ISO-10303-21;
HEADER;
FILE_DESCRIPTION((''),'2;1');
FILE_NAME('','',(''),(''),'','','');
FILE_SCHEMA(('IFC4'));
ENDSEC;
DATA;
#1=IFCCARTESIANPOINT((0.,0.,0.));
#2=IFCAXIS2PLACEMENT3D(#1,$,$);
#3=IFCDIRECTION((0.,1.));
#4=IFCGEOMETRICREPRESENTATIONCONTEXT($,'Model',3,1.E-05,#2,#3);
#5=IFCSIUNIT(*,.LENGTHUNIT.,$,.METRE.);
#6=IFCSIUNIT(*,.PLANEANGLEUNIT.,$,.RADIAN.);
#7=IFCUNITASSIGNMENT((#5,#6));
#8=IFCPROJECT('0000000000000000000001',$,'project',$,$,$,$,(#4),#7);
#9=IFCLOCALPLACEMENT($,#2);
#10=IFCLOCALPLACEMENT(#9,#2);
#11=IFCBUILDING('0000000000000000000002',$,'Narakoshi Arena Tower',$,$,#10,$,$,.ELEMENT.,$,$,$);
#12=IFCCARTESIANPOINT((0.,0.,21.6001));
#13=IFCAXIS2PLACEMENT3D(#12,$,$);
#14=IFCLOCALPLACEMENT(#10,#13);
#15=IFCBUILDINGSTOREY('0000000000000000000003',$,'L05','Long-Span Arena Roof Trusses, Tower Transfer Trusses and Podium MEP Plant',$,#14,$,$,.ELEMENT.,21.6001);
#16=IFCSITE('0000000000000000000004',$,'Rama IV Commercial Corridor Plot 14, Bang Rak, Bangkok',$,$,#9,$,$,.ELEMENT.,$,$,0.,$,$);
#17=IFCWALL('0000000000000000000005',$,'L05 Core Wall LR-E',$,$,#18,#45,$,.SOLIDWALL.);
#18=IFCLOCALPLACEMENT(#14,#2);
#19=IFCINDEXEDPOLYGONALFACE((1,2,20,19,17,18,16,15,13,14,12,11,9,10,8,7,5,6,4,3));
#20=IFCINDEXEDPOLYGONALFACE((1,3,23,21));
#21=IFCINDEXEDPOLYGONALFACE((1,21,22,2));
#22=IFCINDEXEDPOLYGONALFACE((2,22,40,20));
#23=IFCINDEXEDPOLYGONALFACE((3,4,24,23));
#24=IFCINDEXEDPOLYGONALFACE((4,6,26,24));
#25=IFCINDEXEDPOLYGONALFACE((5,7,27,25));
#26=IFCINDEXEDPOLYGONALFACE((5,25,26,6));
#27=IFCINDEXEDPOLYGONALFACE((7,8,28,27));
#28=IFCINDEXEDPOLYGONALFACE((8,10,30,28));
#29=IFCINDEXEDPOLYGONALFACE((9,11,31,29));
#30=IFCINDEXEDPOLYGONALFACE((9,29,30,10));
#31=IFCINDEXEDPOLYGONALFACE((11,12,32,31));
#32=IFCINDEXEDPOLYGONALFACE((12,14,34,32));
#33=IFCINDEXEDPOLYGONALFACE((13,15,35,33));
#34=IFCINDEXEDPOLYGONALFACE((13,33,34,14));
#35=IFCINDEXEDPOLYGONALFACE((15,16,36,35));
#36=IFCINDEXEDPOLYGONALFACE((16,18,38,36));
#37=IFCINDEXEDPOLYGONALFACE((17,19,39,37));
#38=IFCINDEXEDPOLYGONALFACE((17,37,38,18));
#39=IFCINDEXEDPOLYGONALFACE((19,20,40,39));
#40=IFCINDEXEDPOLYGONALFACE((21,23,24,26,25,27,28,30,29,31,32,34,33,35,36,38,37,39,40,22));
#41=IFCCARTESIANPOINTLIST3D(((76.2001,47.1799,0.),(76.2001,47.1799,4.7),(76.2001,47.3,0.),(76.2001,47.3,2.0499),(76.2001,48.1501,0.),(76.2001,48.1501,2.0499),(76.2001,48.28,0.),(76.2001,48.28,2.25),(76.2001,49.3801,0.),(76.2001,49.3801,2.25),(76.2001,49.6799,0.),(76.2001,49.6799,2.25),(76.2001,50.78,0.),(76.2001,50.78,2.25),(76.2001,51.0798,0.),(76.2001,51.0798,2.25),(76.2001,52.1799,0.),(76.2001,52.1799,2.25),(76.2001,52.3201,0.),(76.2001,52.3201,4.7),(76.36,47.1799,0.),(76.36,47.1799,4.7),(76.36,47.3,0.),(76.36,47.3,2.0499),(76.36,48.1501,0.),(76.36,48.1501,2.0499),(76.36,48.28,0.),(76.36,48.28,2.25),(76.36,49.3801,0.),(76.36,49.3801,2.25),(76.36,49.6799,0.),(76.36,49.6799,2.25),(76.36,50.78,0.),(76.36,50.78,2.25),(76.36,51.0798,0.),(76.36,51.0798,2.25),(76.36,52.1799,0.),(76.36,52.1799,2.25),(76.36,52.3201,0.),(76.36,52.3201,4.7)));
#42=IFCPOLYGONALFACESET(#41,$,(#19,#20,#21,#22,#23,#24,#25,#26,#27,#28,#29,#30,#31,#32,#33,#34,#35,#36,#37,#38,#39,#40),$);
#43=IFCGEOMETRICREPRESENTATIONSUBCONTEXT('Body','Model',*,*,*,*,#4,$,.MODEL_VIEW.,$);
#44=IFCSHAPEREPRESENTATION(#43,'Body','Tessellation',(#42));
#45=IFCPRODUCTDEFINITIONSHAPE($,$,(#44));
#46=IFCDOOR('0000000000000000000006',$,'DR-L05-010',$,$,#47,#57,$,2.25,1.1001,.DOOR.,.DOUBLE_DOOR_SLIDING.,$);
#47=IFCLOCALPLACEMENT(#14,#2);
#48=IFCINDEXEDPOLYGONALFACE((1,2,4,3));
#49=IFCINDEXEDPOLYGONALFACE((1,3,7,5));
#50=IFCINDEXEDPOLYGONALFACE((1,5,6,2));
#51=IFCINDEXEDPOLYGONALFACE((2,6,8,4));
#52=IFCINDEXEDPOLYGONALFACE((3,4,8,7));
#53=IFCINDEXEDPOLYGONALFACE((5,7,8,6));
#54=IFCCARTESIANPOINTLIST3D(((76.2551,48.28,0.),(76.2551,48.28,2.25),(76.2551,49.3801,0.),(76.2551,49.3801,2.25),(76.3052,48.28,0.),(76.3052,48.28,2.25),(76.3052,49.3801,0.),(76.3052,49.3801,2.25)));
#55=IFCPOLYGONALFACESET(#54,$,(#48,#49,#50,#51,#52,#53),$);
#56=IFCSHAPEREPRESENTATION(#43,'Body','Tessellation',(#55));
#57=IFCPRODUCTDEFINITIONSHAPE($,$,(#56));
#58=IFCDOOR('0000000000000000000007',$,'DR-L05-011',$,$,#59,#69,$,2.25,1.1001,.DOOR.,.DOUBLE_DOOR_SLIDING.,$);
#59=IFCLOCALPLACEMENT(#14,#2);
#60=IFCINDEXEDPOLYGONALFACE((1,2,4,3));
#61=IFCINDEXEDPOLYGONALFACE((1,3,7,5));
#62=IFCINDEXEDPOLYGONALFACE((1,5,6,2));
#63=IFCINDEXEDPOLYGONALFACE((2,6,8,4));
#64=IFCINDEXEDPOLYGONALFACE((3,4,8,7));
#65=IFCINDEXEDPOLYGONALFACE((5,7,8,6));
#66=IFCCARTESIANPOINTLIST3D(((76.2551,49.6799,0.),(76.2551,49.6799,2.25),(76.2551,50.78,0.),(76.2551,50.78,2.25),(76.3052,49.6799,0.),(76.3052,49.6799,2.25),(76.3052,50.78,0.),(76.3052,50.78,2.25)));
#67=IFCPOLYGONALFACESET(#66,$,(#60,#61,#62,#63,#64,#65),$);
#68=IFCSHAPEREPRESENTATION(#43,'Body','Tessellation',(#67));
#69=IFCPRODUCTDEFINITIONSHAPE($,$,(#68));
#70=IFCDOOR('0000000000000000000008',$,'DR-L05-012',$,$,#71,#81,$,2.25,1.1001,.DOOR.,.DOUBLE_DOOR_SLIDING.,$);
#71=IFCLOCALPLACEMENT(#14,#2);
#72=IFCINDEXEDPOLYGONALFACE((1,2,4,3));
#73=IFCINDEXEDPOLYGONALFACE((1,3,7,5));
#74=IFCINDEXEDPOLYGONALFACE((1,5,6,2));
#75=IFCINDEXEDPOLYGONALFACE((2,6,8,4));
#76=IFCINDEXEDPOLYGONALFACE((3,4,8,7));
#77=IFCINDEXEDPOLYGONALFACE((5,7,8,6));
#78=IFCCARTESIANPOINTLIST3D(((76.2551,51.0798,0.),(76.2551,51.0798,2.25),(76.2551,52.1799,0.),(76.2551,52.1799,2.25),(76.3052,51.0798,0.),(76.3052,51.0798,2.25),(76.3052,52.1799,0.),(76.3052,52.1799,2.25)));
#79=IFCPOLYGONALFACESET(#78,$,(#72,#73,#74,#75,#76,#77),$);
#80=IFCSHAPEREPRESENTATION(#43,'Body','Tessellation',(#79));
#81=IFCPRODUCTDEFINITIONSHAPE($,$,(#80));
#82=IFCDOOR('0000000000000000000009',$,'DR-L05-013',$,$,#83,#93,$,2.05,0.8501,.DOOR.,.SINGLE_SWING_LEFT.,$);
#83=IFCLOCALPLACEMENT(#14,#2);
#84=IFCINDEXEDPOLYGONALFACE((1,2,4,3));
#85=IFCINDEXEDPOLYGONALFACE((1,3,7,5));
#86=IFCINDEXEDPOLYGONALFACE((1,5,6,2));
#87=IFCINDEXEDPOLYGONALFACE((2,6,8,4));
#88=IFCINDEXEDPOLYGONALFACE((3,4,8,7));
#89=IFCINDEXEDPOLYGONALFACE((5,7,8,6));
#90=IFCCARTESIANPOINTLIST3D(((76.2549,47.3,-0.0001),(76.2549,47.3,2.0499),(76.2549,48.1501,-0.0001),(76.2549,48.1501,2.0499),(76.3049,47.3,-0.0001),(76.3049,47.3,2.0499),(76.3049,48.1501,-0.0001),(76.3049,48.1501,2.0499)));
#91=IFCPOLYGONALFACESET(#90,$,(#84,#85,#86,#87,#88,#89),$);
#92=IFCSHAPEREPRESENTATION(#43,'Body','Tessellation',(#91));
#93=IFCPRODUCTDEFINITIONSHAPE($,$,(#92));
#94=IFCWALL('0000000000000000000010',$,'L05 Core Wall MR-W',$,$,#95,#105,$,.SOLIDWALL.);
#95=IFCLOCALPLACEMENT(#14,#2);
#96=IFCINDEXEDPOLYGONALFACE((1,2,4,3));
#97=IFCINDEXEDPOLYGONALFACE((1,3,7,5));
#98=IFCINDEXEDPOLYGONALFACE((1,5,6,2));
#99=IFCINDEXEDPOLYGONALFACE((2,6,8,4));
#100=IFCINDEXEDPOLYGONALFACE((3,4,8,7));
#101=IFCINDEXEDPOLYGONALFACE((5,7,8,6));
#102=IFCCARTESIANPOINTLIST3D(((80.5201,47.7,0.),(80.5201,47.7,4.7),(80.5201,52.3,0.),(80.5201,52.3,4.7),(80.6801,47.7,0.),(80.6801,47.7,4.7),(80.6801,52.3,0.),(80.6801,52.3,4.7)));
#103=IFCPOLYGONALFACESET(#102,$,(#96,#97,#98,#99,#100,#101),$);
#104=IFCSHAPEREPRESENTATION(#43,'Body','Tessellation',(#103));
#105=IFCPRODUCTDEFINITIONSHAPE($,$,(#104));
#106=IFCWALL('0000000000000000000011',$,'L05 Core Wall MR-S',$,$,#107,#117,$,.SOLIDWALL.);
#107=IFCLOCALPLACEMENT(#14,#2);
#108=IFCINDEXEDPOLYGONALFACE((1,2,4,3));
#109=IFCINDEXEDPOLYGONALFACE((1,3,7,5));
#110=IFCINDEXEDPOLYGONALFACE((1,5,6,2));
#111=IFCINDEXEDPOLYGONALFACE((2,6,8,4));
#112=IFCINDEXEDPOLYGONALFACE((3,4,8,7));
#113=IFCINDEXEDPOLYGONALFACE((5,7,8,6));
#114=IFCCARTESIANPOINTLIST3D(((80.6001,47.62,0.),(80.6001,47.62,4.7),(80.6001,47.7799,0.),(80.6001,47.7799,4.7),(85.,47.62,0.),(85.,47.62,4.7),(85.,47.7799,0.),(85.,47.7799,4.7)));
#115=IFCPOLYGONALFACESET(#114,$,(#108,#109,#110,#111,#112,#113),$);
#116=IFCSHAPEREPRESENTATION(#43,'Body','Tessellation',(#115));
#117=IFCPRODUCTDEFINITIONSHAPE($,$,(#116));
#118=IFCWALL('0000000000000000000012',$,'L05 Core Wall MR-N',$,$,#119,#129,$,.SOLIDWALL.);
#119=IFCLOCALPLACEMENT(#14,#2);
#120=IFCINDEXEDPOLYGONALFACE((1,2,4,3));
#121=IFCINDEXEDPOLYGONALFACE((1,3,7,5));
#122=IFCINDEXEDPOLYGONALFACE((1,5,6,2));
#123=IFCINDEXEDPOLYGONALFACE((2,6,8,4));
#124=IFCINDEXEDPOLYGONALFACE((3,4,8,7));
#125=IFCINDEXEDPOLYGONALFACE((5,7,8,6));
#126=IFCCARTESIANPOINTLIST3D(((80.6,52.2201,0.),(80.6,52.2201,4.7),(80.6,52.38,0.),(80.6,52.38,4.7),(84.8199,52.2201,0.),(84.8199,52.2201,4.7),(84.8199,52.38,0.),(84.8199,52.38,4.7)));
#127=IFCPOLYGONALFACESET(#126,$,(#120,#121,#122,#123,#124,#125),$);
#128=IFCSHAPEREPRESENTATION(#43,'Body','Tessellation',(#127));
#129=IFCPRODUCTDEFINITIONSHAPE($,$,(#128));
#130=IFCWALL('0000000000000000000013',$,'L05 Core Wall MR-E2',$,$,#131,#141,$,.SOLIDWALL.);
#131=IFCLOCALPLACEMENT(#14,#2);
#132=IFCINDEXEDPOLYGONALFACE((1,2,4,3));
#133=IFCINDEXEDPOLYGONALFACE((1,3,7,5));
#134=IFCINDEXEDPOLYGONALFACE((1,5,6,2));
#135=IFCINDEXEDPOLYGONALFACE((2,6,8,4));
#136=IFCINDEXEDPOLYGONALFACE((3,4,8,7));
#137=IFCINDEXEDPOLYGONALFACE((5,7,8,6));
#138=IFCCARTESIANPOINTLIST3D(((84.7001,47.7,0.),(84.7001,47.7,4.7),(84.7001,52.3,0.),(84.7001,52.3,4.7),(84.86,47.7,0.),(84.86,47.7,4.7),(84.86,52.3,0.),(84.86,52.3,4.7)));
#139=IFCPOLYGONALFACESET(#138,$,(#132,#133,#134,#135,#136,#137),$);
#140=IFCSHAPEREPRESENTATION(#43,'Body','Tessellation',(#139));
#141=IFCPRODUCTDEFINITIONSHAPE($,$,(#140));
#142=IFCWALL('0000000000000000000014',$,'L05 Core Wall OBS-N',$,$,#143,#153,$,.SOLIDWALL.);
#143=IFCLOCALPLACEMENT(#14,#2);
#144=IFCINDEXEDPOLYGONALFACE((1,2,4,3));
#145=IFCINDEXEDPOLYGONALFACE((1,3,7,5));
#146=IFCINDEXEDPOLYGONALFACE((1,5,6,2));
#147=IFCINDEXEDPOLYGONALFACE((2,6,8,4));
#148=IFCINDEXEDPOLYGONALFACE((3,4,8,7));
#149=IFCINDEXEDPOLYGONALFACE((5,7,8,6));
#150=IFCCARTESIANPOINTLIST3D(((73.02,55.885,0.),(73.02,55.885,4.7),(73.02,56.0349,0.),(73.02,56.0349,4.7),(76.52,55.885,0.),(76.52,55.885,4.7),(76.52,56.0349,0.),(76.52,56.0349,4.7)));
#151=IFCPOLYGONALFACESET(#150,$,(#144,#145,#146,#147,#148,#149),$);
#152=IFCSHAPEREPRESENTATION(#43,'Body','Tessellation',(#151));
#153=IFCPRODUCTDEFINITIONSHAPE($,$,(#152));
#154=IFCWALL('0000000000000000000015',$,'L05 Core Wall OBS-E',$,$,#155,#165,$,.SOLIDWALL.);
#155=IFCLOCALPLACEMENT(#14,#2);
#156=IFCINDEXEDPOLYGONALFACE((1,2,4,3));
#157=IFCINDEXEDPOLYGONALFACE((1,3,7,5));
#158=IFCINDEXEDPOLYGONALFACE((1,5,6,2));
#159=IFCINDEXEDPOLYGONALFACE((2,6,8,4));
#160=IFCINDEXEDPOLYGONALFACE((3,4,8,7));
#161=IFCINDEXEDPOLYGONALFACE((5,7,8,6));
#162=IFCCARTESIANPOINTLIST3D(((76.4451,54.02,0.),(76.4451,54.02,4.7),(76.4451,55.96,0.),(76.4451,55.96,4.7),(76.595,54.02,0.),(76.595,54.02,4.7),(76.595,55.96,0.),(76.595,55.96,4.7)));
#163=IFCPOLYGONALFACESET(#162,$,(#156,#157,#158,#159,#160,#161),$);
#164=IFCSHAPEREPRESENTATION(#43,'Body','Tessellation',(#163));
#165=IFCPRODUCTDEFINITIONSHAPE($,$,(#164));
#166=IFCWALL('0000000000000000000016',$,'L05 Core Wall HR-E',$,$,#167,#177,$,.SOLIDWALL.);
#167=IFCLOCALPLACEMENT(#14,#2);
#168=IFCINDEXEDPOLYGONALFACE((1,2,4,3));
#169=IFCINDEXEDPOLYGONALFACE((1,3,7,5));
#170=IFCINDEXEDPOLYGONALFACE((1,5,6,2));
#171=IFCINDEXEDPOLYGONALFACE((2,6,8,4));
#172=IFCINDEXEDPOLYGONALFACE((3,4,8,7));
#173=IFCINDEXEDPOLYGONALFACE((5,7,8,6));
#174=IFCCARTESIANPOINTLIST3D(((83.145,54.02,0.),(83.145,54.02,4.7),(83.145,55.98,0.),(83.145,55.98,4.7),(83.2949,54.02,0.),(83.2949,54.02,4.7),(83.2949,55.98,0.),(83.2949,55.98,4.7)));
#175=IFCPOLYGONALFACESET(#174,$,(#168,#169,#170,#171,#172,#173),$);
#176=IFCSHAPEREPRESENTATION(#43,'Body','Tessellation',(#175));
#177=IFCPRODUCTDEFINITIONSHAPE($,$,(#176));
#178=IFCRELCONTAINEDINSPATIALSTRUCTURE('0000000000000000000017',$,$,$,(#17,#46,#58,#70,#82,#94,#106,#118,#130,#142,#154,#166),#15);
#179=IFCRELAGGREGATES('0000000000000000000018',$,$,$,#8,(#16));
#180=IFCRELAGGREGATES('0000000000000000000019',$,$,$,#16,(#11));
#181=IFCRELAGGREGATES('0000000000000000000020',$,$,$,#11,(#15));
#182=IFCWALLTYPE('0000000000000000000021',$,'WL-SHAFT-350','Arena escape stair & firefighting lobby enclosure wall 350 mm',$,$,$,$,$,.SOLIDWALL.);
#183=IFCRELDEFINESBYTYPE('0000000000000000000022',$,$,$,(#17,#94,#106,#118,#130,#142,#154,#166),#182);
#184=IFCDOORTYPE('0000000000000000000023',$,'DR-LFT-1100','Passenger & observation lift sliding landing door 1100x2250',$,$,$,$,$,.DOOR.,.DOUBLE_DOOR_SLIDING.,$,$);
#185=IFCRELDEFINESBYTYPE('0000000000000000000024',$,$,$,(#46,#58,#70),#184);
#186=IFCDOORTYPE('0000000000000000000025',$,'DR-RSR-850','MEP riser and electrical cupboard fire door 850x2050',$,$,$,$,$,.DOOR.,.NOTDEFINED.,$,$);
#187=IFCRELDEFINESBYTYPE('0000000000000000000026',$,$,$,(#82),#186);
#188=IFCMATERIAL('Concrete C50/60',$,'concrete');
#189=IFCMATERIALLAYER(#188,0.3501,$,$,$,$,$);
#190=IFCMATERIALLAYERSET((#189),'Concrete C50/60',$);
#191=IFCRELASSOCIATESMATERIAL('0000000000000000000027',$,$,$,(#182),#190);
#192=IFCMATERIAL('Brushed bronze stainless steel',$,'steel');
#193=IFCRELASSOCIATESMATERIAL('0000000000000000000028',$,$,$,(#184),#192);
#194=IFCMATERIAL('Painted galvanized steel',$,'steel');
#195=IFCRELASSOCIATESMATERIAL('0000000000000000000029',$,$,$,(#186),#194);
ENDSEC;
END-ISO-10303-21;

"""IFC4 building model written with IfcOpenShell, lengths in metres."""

from ifc_helpers import new_model, si_unit, direction, frame, frame_2d, origin, place, context, subcontext, project, spatial, rectangle, extrude, material, layer, layer_set, type_object, element, fill, save


model = new_model("IFC4")

# Units and contexts
model_context = context("Model", 3, precision=1e-05, world=origin(), true_north=direction((0.0, 1.0)))
body_context = subcontext(model_context, "Body", "Model", "MODEL_VIEW")
ifc_project = project(units=[si_unit("LENGTHUNIT", "METRE"), si_unit("PLANEANGLEUNIT", "RADIAN")], contexts=[model_context])

# Site, building, storey
site_placement = place(None, origin())
site = spatial("IfcSite", under=ifc_project, at=site_placement, Name="Rama IV Commercial Corridor Plot 14, Bang Rak, Bangkok", CompositionType="ELEMENT", RefElevation=0.0)
building_placement = place(site_placement, origin())
building = spatial("IfcBuilding", under=site, at=building_placement, Name="Narakoshi Arena Tower", CompositionType="ELEMENT")
storey_placement = place(building_placement, frame((0.0, 0.0, 21.6001)))
storey = spatial("IfcBuildingStorey", under=building, at=storey_placement, Name="L05", Description="Long-Span Arena Roof Trusses, Tower Transfer Trusses and Podium MEP Plant", CompositionType="ELEMENT", Elevation=21.6001)

# Wall, openings, doors
ifc_material_1 = material(Name="Concrete C50/60", Category="concrete")
ifc_layer_1 = layer(ifc_material_1, 0.3501)
ifc_layer_set_1 = layer_set([ifc_layer_1], Name="Concrete C50/60")
wall_type_1 = type_object("IfcWallType", Name="WL-SHAFT-350", Description="Arena escape stair & firefighting lobby enclosure wall 350 mm", PredefinedType="SOLIDWALL", material=ifc_layer_set_1)
wall_1_placement = place(storey_placement, frame((76.28, 47.1799, 0.0), z_axis=(0.0, 0.0, 1.0), x_axis=(0.0, 1.0, 0.0)))
wall_1 = element("IfcWall", 1, at=wall_1_placement, inside=storey, type_object=wall_type_1, Name="L05 Core Wall LR-E", PredefinedType="SOLIDWALL", context=body_context, shape_type="SweptSolid", body=[
    extrude(rectangle(XDim=5.1401, YDim=0.1599, at=frame_2d((2.5701, 0.0))), origin(), (0.0, 0.0, 1.0), 4.7),
])
opening_1_placement = place(wall_1_placement, frame((1.1001, 0.0, 0.0)))
opening_1 = element("IfcOpeningElement", 2, at=opening_1_placement, cuts=wall_1, PredefinedType="OPENING", context=body_context, shape_type="SweptSolid", body=[
    extrude(rectangle(XDim=1.1001, YDim=2.25, at=frame_2d((0.55, 1.125))), frame((0.0, 0.0898, 0.0), z_axis=(0.0, -1.0, 0.0), x_axis=(1.0, 0.0, 0.0)), (0.0, 0.0, 1.0), 0.1799),
])
opening_2_placement = place(wall_1_placement, frame((2.5, 0.0, 0.0)))
opening_2 = element("IfcOpeningElement", 3, at=opening_2_placement, cuts=wall_1, PredefinedType="OPENING", context=body_context, shape_type="SweptSolid", body=[
    extrude(rectangle(XDim=1.1001, YDim=2.25, at=frame_2d((0.55, 1.125))), frame((0.0, 0.0898, 0.0), z_axis=(0.0, -1.0, 0.0), x_axis=(1.0, 0.0, 0.0)), (0.0, 0.0, 1.0), 0.1799),
])
opening_3_placement = place(wall_1_placement, frame((3.8999, 0.0, 0.0)))
opening_3 = element("IfcOpeningElement", 4, at=opening_3_placement, cuts=wall_1, PredefinedType="OPENING", context=body_context, shape_type="SweptSolid", body=[
    extrude(rectangle(XDim=1.1001, YDim=2.25, at=frame_2d((0.55, 1.125))), frame((0.0, 0.0898, 0.0), z_axis=(0.0, -1.0, 0.0), x_axis=(1.0, 0.0, 0.0)), (0.0, 0.0, 1.0), 0.1799),
])
opening_4_placement = place(wall_1_placement, frame((0.1201, 0.0, 0.0)))
opening_4 = element("IfcOpeningElement", 5, at=opening_4_placement, cuts=wall_1, PredefinedType="OPENING", context=body_context, shape_type="SweptSolid", body=[
    extrude(rectangle(XDim=0.8501, YDim=2.05, at=frame_2d((0.425, 1.0249))), frame((0.0, 0.0898, 0.0), z_axis=(0.0, -1.0, 0.0), x_axis=(1.0, 0.0, 0.0)), (0.0, 0.0, 1.0), 0.1799),
])
ifc_material_2 = material(Name="Brushed bronze stainless steel", Category="steel")
door_type_1 = type_object("IfcDoorType", Name="DR-LFT-1100", Description="Passenger & observation lift sliding landing door 1100x2250", OperationType="DOUBLE_DOOR_SLIDING", PredefinedType="DOOR", material=ifc_material_2)
door_1_placement = place(opening_1_placement, origin())
door_1 = element("IfcDoor", 6, at=door_1_placement, inside=storey, type_object=door_type_1, Name="DR-L05-010", OperationType="DOUBLE_DOOR_SLIDING", OverallHeight=2.25, OverallWidth=1.1001, PredefinedType="DOOR", context=body_context, shape_type="SweptSolid", body=[
    extrude(rectangle(XDim=1.1001, YDim=2.25, at=frame_2d((0.55, 1.125))), frame((0.0, 0.0249, 0.0), z_axis=(0.0, -1.0, 0.0), x_axis=(1.0, 0.0, 0.0)), (0.0, 0.0, 1.0), 0.05),
])
fill(opening_1, door_1)
door_2_placement = place(opening_2_placement, origin())
door_2 = element("IfcDoor", 7, at=door_2_placement, inside=storey, type_object=door_type_1, Name="DR-L05-011", OperationType="DOUBLE_DOOR_SLIDING", OverallHeight=2.25, OverallWidth=1.1001, PredefinedType="DOOR", context=body_context, shape_type="SweptSolid", body=[
    extrude(rectangle(XDim=1.1001, YDim=2.25, at=frame_2d((0.55, 1.125))), frame((0.0, 0.0249, 0.0), z_axis=(0.0, -1.0, 0.0), x_axis=(1.0, 0.0, 0.0)), (0.0, 0.0, 1.0), 0.05),
])
fill(opening_2, door_2)
door_3_placement = place(opening_3_placement, origin())
door_3 = element("IfcDoor", 8, at=door_3_placement, inside=storey, type_object=door_type_1, Name="DR-L05-012", OperationType="DOUBLE_DOOR_SLIDING", OverallHeight=2.25, OverallWidth=1.1001, PredefinedType="DOOR", context=body_context, shape_type="SweptSolid", body=[
    extrude(rectangle(XDim=1.1001, YDim=2.25, at=frame_2d((0.55, 1.125))), frame((0.0, 0.0249, 0.0), z_axis=(0.0, -1.0, 0.0), x_axis=(1.0, 0.0, 0.0)), (0.0, 0.0, 1.0), 0.05),
])
fill(opening_3, door_3)
ifc_material_3 = material(Name="Painted galvanized steel", Category="steel")
door_type_2 = type_object("IfcDoorType", Name="DR-RSR-850", Description="MEP riser and electrical cupboard fire door 850x2050", OperationType="NOTDEFINED", PredefinedType="DOOR", material=ifc_material_3)
door_4_placement = place(opening_4_placement, frame((0.8501, 0.0, 0.0), z_axis=(0.0, 0.0, 1.0), x_axis=(-1.0, 0.0, 0.0)))
door_4 = element("IfcDoor", 9, at=door_4_placement, inside=storey, type_object=door_type_2, Name="DR-L05-013", OperationType="SINGLE_SWING_LEFT", OverallHeight=2.05, OverallWidth=0.8501, PredefinedType="DOOR", context=body_context, shape_type="SweptSolid", body=[
    extrude(rectangle(XDim=0.8501, YDim=2.05, at=frame_2d((0.425, 1.0249))), frame((0.0, 0.0249, 0.0), z_axis=(0.0, -1.0, 0.0), x_axis=(1.0, 0.0, 0.0)), (0.0, 0.0, 1.0), 0.05),
])
fill(opening_4, door_4)

# Walls
wall_2_placement = place(storey_placement, frame((80.6001, 47.7, 0.0), z_axis=(0.0, 0.0, 1.0), x_axis=(0.0, 1.0, 0.0)))
element("IfcWall", 10, at=wall_2_placement, inside=storey, type_object=wall_type_1, Name="L05 Core Wall MR-W", PredefinedType="SOLIDWALL", context=body_context, shape_type="SweptSolid", body=[
    extrude(rectangle(XDim=4.6001, YDim=0.1599, at=frame_2d((2.3, 0.0))), origin(), (0.0, 0.0, 1.0), 4.7),
])
wall_3_placement = place(storey_placement, frame((80.6001, 47.7, 0.0), z_axis=(0.0, 0.0, 1.0), x_axis=(1.0, 0.0, 0.0)))
element("IfcWall", 11, at=wall_3_placement, inside=storey, type_object=wall_type_1, Name="L05 Core Wall MR-S", PredefinedType="SOLIDWALL", context=body_context, shape_type="SweptSolid", body=[
    extrude(rectangle(XDim=4.3999, YDim=0.1599, at=frame_2d((2.2, 0.0))), origin(), (0.0, 0.0, 1.0), 4.7),
])
wall_4_placement = place(storey_placement, frame((80.6001, 52.3, 0.0), z_axis=(0.0, 0.0, 1.0), x_axis=(1.0, 0.0, 0.0)))
element("IfcWall", 12, at=wall_4_placement, inside=storey, type_object=wall_type_1, Name="L05 Core Wall MR-N", PredefinedType="SOLIDWALL", context=body_context, shape_type="SweptSolid", body=[
    extrude(rectangle(XDim=4.22, YDim=0.1599, at=frame_2d((2.1099, 0.0))), origin(), (0.0, 0.0, 1.0), 4.7),
])
wall_5_placement = place(storey_placement, frame((84.78, 47.7, 0.0), z_axis=(0.0, 0.0, 1.0), x_axis=(0.0, 1.0, 0.0)))
element("IfcWall", 13, at=wall_5_placement, inside=storey, type_object=wall_type_1, Name="L05 Core Wall MR-E2", PredefinedType="SOLIDWALL", context=body_context, shape_type="SweptSolid", body=[
    extrude(rectangle(XDim=4.6001, YDim=0.1599, at=frame_2d((2.3, 0.0))), origin(), (0.0, 0.0, 1.0), 4.7),
])
wall_6_placement = place(storey_placement, frame((73.02, 55.96, 0.0), z_axis=(0.0, 0.0, 1.0), x_axis=(1.0, 0.0, 0.0)))
element("IfcWall", 14, at=wall_6_placement, inside=storey, type_object=wall_type_1, Name="L05 Core Wall OBS-N", PredefinedType="SOLIDWALL", context=body_context, shape_type="SweptSolid", body=[
    extrude(rectangle(XDim=3.5, YDim=0.1499, at=frame_2d((1.75, 0.0))), origin(), (0.0, 0.0, 1.0), 4.7),
])
wall_7_placement = place(storey_placement, frame((76.52, 54.02, 0.0), z_axis=(0.0, 0.0, 1.0), x_axis=(0.0, 1.0, 0.0)))
element("IfcWall", 15, at=wall_7_placement, inside=storey, type_object=wall_type_1, Name="L05 Core Wall OBS-E", PredefinedType="SOLIDWALL", context=body_context, shape_type="SweptSolid", body=[
    extrude(rectangle(XDim=1.9399, YDim=0.1499, at=frame_2d((0.97, 0.0))), origin(), (0.0, 0.0, 1.0), 4.7),
])
wall_8_placement = place(storey_placement, frame((83.22, 54.02, 0.0), z_axis=(0.0, 0.0, 1.0), x_axis=(0.0, 1.0, 0.0)))
element("IfcWall", 16, at=wall_8_placement, inside=storey, type_object=wall_type_1, Name="L05 Core Wall HR-E", PredefinedType="SOLIDWALL", context=body_context, shape_type="SweptSolid", body=[
    extrude(rectangle(XDim=1.96, YDim=0.1499, at=frame_2d((0.98, 0.0))), origin(), (0.0, 0.0, 1.0), 4.7),
])

save(model, "model.ifc")
